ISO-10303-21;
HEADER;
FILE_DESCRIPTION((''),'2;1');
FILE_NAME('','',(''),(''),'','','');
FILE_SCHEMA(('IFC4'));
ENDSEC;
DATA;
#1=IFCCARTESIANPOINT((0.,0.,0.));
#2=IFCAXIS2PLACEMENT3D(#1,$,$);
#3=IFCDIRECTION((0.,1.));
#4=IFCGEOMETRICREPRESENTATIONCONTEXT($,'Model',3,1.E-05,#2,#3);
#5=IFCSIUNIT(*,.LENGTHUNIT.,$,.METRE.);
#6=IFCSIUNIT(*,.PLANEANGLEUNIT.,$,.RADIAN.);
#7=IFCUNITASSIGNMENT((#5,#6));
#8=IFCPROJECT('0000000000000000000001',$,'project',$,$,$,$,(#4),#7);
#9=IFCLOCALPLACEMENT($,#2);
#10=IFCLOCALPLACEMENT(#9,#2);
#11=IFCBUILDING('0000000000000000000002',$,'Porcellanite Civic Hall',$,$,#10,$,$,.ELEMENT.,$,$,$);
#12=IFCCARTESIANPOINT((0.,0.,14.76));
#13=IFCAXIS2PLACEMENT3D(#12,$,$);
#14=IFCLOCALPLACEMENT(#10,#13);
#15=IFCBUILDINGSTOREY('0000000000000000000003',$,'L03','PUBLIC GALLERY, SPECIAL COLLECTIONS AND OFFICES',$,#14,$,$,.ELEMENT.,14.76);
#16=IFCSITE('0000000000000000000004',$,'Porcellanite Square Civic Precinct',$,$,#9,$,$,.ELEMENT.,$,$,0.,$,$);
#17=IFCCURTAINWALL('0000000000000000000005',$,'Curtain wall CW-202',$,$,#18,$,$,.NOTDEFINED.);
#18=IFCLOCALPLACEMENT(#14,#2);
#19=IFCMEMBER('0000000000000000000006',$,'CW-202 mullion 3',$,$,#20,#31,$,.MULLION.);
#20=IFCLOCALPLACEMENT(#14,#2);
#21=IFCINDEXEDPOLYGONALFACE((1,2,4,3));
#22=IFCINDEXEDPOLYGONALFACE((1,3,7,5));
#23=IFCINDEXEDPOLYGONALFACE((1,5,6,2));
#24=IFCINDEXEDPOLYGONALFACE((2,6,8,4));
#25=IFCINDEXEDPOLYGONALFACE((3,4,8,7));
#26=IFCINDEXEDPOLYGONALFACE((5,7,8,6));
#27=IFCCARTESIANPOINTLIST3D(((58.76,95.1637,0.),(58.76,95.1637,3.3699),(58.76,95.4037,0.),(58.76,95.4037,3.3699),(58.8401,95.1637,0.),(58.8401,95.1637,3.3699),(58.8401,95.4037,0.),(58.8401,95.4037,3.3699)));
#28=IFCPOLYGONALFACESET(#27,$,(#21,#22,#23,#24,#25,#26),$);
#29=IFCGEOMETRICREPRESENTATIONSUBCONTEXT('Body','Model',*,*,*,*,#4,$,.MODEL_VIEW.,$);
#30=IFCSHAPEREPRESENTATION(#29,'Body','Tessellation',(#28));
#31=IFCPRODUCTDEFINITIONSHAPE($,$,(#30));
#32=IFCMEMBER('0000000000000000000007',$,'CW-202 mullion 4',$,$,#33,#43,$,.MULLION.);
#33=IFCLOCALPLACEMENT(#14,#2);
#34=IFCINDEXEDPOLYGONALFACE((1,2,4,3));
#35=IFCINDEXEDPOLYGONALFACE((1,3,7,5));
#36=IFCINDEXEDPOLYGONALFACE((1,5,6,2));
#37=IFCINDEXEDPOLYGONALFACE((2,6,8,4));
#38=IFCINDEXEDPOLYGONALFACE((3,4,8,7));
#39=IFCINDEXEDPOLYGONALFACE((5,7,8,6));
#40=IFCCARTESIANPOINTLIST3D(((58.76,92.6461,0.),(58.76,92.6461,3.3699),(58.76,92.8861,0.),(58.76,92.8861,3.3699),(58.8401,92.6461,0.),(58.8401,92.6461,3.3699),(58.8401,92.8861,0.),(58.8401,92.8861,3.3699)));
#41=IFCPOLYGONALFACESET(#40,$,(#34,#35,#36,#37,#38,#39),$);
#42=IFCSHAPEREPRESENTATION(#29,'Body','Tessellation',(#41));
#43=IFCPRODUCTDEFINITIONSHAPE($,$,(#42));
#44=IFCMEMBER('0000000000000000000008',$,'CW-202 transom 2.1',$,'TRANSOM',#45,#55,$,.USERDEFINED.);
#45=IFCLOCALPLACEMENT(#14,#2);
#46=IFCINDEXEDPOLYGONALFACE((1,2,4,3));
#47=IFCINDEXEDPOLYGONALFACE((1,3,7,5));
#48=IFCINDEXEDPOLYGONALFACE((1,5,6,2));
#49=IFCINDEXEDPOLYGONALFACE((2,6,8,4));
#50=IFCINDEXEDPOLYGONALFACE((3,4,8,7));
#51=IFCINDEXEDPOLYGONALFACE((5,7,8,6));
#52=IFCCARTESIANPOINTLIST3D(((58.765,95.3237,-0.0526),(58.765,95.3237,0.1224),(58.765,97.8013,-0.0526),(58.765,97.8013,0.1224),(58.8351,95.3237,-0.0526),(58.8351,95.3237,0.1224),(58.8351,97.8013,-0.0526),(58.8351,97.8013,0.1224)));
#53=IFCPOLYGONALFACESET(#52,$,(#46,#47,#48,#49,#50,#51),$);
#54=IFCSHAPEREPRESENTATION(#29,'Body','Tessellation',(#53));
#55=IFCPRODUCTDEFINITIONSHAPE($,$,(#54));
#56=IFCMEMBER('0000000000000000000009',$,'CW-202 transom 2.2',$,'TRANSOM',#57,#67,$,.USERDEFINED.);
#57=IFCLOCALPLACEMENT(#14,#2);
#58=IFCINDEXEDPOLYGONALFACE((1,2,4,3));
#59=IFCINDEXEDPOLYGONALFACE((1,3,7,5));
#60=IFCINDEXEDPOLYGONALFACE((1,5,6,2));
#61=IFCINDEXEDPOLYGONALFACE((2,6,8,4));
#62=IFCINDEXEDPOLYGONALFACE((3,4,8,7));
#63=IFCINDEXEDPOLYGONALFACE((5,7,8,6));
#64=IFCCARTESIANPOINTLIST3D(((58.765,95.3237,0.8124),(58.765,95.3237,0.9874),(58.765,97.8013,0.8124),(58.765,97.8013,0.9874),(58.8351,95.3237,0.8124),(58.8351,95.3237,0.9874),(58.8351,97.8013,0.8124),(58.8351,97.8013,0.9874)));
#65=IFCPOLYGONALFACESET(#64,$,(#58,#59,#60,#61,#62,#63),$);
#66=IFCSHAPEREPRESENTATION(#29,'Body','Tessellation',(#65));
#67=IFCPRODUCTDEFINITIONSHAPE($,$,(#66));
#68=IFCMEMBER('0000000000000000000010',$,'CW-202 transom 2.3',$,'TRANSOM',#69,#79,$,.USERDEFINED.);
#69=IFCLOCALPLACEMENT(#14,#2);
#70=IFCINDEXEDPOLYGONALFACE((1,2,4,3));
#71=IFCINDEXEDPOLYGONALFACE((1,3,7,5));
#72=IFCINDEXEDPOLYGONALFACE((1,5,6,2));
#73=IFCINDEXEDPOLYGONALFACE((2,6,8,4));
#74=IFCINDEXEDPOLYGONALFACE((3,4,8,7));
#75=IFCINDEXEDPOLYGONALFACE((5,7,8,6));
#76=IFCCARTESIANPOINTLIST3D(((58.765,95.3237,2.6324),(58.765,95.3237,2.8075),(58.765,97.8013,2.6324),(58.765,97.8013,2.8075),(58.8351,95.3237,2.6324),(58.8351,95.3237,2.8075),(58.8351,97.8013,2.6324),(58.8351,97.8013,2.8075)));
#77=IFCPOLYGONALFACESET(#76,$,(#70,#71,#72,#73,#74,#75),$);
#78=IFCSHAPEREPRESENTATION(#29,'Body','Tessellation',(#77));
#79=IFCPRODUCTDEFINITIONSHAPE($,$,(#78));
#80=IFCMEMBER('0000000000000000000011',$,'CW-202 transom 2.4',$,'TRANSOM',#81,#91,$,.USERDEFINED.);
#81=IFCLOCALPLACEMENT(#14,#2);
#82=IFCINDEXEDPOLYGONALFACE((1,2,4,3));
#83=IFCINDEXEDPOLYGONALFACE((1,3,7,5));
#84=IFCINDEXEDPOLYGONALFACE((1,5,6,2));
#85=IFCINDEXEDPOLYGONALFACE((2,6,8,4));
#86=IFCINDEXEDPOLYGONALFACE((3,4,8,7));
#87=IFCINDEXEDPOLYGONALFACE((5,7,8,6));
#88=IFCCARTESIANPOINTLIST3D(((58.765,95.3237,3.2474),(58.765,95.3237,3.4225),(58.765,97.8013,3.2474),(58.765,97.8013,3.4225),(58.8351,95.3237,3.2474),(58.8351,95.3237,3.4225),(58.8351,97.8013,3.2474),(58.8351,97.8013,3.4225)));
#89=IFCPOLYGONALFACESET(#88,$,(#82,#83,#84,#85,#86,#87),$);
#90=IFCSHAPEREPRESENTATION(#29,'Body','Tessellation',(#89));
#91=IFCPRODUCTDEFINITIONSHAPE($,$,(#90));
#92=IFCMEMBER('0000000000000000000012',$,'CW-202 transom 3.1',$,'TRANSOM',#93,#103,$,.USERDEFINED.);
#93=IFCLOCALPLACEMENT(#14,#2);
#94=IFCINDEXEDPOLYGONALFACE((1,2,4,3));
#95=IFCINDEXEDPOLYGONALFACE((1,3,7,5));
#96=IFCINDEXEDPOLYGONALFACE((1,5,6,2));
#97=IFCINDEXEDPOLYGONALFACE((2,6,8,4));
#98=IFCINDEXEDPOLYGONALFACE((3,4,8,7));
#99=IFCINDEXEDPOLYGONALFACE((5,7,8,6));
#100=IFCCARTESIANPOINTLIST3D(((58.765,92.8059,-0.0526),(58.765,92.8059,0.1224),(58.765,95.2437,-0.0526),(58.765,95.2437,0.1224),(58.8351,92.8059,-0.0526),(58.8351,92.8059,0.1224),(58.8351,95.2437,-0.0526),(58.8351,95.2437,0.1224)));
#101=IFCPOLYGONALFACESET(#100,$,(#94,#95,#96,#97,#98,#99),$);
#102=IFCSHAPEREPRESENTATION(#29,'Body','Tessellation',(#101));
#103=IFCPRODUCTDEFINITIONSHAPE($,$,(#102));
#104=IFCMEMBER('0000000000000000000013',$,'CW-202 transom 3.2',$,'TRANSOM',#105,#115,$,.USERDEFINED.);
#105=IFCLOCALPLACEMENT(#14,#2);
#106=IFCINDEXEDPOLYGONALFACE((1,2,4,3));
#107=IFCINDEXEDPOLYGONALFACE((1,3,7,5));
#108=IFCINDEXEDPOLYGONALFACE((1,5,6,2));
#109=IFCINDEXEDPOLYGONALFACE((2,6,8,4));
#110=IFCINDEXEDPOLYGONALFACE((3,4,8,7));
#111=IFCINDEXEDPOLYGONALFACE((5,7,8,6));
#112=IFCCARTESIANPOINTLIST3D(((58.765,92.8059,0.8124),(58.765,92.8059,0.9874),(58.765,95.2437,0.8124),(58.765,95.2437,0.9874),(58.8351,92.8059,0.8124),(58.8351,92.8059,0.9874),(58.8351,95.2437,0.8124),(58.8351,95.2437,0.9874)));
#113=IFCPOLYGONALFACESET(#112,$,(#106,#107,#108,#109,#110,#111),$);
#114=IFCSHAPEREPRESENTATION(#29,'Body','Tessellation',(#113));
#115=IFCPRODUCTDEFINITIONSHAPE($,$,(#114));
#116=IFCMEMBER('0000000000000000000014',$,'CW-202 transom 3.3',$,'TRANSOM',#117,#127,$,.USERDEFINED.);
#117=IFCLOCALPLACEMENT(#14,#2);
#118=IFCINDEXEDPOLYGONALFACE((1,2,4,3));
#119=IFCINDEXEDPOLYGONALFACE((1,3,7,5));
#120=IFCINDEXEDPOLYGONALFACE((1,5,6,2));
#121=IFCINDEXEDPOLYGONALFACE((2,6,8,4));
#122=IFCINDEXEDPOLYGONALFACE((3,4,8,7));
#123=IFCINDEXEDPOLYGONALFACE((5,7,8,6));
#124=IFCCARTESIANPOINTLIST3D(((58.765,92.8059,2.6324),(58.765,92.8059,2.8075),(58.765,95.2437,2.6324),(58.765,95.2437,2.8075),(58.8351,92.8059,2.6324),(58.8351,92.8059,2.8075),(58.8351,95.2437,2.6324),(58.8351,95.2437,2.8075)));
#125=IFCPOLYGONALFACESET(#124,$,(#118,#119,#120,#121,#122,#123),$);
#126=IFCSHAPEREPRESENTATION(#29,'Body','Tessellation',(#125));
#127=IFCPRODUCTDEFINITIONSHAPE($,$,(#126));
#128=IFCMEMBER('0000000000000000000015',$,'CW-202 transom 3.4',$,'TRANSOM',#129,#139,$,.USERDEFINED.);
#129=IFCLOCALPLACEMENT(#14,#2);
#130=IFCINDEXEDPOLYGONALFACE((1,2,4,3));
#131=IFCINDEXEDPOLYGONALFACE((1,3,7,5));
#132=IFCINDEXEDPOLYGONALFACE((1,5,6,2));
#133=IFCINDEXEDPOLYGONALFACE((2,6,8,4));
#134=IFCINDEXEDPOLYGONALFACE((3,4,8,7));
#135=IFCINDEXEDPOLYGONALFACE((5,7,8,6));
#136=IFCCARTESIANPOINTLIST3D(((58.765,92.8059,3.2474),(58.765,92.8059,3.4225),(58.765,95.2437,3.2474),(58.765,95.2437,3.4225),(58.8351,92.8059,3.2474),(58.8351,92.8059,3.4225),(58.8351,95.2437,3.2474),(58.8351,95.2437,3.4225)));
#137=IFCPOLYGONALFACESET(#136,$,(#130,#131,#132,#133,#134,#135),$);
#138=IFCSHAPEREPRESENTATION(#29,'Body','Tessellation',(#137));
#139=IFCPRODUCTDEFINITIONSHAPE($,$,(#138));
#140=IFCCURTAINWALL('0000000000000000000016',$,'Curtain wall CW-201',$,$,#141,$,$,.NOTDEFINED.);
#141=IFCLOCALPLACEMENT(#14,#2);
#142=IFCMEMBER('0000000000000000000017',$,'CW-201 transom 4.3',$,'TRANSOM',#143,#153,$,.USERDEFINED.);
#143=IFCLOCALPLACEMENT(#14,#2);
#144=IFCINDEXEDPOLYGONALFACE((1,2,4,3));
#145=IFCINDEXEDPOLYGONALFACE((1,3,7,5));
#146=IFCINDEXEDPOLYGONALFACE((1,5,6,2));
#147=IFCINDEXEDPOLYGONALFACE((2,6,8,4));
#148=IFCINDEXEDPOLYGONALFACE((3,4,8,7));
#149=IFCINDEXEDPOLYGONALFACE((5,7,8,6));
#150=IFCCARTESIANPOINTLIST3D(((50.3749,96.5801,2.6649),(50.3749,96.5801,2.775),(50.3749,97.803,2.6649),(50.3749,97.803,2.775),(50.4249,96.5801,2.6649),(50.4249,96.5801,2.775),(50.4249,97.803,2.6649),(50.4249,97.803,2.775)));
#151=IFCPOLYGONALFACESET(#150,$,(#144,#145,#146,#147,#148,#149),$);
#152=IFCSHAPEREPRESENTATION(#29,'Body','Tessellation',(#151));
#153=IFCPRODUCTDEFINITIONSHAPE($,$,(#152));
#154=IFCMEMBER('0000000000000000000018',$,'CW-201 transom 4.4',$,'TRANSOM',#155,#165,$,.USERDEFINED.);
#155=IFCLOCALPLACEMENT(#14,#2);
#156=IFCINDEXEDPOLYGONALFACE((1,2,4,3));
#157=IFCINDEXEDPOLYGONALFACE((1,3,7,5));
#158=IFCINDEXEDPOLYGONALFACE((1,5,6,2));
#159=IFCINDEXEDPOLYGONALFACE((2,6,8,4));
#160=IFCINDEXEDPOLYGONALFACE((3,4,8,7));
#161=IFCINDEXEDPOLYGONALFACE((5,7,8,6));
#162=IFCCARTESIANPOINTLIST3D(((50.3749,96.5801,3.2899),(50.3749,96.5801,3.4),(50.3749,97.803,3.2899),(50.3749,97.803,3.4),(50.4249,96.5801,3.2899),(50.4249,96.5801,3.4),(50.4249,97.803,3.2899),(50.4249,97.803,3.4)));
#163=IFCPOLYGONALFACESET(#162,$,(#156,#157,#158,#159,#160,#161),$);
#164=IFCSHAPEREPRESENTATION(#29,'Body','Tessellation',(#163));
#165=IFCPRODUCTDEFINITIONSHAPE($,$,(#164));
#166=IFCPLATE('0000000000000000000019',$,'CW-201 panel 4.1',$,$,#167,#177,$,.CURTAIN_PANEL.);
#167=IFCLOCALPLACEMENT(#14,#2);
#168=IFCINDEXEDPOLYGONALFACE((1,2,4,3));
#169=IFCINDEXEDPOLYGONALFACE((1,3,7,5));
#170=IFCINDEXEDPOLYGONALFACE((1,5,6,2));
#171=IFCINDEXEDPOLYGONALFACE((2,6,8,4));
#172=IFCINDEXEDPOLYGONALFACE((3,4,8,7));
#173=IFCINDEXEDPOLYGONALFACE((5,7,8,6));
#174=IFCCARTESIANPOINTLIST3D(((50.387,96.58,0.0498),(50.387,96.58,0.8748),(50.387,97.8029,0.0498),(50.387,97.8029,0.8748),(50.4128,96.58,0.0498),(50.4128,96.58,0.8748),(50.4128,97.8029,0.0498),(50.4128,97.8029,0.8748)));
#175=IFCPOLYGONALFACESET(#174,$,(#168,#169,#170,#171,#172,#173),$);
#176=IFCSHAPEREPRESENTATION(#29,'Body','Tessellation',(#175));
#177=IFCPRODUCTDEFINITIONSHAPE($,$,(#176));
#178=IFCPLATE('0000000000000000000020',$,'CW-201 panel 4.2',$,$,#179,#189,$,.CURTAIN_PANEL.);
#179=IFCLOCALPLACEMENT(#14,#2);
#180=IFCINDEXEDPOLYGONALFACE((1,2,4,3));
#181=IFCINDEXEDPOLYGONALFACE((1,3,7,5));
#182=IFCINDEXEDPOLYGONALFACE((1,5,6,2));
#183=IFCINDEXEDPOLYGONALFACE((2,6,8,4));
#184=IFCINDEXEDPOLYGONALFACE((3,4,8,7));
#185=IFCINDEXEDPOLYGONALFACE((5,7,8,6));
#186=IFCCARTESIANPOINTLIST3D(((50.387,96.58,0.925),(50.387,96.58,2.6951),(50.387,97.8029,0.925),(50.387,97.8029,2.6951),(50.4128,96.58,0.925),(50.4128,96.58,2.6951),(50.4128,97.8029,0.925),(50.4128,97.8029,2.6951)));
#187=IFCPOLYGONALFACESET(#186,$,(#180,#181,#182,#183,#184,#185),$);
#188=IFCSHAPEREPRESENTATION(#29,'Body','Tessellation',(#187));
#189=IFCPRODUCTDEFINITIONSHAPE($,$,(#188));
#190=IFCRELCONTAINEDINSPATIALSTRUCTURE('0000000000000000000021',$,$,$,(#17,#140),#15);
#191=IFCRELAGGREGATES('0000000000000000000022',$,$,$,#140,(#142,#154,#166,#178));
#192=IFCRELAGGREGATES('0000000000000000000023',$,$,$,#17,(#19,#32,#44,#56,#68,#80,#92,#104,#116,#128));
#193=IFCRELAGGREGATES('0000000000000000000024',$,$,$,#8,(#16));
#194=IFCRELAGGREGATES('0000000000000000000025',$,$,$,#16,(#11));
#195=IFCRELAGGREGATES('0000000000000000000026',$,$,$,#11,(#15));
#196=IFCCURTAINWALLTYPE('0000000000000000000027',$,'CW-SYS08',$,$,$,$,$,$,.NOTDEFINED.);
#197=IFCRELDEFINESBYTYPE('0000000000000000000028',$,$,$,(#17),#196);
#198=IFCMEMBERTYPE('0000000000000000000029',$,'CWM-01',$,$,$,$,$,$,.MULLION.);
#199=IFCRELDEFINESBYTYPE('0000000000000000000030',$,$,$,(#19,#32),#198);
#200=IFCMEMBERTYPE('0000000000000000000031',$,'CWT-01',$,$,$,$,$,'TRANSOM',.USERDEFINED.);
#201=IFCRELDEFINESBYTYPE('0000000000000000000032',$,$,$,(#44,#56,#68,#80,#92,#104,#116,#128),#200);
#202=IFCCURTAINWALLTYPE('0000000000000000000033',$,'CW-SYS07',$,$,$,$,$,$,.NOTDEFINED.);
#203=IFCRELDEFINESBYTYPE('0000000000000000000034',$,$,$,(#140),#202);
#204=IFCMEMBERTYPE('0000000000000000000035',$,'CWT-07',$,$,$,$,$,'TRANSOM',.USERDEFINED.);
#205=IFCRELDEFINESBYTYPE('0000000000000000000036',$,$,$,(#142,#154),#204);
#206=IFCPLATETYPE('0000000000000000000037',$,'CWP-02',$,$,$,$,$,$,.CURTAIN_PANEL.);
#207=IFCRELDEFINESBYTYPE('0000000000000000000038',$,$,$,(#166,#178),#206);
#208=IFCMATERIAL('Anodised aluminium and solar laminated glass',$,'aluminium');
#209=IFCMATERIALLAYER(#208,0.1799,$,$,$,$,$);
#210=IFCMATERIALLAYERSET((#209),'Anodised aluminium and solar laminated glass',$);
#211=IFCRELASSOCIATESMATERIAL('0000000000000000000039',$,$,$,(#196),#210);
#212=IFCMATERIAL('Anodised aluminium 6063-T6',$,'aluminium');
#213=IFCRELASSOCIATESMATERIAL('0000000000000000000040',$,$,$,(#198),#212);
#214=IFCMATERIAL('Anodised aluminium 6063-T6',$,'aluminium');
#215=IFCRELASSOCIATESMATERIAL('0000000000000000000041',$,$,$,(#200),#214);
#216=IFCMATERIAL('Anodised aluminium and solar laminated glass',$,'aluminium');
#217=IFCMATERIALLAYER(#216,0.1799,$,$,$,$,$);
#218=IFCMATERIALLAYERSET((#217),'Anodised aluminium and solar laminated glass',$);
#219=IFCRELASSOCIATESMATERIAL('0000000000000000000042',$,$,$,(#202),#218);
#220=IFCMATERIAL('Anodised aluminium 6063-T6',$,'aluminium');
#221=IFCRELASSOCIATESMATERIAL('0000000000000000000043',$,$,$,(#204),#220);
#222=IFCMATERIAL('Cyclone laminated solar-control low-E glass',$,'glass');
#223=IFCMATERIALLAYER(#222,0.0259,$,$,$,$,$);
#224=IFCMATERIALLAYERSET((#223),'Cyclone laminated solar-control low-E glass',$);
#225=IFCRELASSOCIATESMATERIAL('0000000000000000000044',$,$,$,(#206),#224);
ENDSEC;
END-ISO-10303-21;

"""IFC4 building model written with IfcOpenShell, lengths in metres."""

from ifc_helpers import new_model, si_unit, direction, frame, origin, origin_2d, place, context, subcontext, project, spatial, rectangle, extrude, material, layer, layer_set, material_profile, profile_set, type_object, element, aggregate, save


model = new_model("IFC4")

# Units and contexts
model_context = context("Model", 3, precision=1e-05, world=origin(), true_north=direction((0.0, 1.0)))
body_context = subcontext(model_context, "Body", "Model", "MODEL_VIEW")
ifc_project = project(units=[si_unit("LENGTHUNIT", "METRE"), si_unit("PLANEANGLEUNIT", "RADIAN")], contexts=[model_context])

# Site, building, storey
site_placement = place(None, origin())
site = spatial("IfcSite", under=ifc_project, at=site_placement, Name="Porcellanite Square Civic Precinct", CompositionType="ELEMENT", RefElevation=0.0)
building_placement = place(site_placement, origin())
building = spatial("IfcBuilding", under=site, at=building_placement, Name="Porcellanite Civic Hall", CompositionType="ELEMENT")
storey_placement = place(building_placement, frame((0.0, 0.0, 14.76)))
storey = spatial("IfcBuildingStorey", under=building, at=storey_placement, Name="L03", Description="PUBLIC GALLERY, SPECIAL COLLECTIONS AND OFFICES", CompositionType="ELEMENT", Elevation=14.76)

# Curtain wall, members
ifc_material_1 = material(Name="Anodised aluminium and solar laminated glass", Category="aluminium")
ifc_layer_1 = layer(ifc_material_1, 0.1799)
ifc_layer_set_1 = layer_set([ifc_layer_1], Name="Anodised aluminium and solar laminated glass")
curtain_wall_type_1 = type_object("IfcCurtainWallType", Name="CW-SYS08", PredefinedType="NOTDEFINED", material=ifc_layer_set_1)
curtain_wall_1_placement = place(storey_placement, origin())
curtain_wall_1 = element("IfcCurtainWall", 1, at=curtain_wall_1_placement, inside=storey, type_object=curtain_wall_type_1, Name="Curtain wall CW-202", PredefinedType="NOTDEFINED")
ifc_material_2 = material(Name="Anodised aluminium 6063-T6", Category="aluminium")
ifc_material_profile_1 = material_profile(ifc_material_2, rectangle(XDim=0.0801, YDim=0.24, at=origin_2d()), Name="AL-80x240")
ifc_profile_set_1 = profile_set([ifc_material_profile_1], Name="Anodised aluminium 6063-T6")
member_type_1 = type_object("IfcMemberType", Name="CWM-01", PredefinedType="MULLION", material=ifc_profile_set_1)
member_1_placement = place(storey_placement, frame((58.8, 95.2837, 0.0), z_axis=(0.0, 0.0, 1.0), x_axis=(1.0, 0.0, 0.0)))
member_1 = element("IfcMember", 2, at=member_1_placement, type_object=member_type_1, Name="CW-202 mullion 3", PredefinedType="MULLION", context=body_context, shape_type="SweptSolid", body=[
    extrude(rectangle(XDim=0.0801, YDim=0.24, at=origin_2d()), origin(), (0.0, 0.0, 1.0), 3.3699),
])
member_2_placement = place(storey_placement, frame((58.8, 92.7661, 0.0), z_axis=(0.0, 0.0, 1.0), x_axis=(1.0, 0.0, 0.0)))
member_2 = element("IfcMember", 3, at=member_2_placement, type_object=member_type_1, Name="CW-202 mullion 4", PredefinedType="MULLION", context=body_context, shape_type="SweptSolid", body=[
    extrude(rectangle(XDim=0.0801, YDim=0.24, at=origin_2d()), origin(), (0.0, 0.0, 1.0), 3.3699),
])
ifc_material_3 = material(Name="Anodised aluminium 6063-T6", Category="aluminium")
ifc_material_profile_2 = material_profile(ifc_material_3, rectangle(XDim=0.0701, YDim=0.175, at=origin_2d()), Name="AL-70x175")
ifc_profile_set_2 = profile_set([ifc_material_profile_2], Name="Anodised aluminium 6063-T6")
member_type_2 = type_object("IfcMemberType", Name="CWT-01", ElementType="TRANSOM", PredefinedType="USERDEFINED", material=ifc_profile_set_2)
member_3_placement = place(storey_placement, frame((58.8, 97.8013, 0.0349), z_axis=(0.0, -1.0, 0.0), x_axis=(1.0, 0.0, 0.0)))
member_3 = element("IfcMember", 4, at=member_3_placement, type_object=member_type_2, Name="CW-202 transom 2.1", ObjectType="TRANSOM", PredefinedType="USERDEFINED", context=body_context, shape_type="SweptSolid", body=[
    extrude(rectangle(XDim=0.0701, YDim=0.175, at=origin_2d()), origin(), (0.0, 0.0, 1.0), 2.4775),
])
member_4_placement = place(storey_placement, frame((58.8, 97.8013, 0.8999), z_axis=(0.0, -1.0, 0.0), x_axis=(1.0, 0.0, 0.0)))
member_4 = element("IfcMember", 5, at=member_4_placement, type_object=member_type_2, Name="CW-202 transom 2.2", ObjectType="TRANSOM", PredefinedType="USERDEFINED", context=body_context, shape_type="SweptSolid", body=[
    extrude(rectangle(XDim=0.0701, YDim=0.175, at=origin_2d()), origin(), (0.0, 0.0, 1.0), 2.4775),
])
member_5_placement = place(storey_placement, frame((58.8, 97.8013, 2.72), z_axis=(0.0, -1.0, 0.0), x_axis=(1.0, 0.0, 0.0)))
member_5 = element("IfcMember", 6, at=member_5_placement, type_object=member_type_2, Name="CW-202 transom 2.3", ObjectType="TRANSOM", PredefinedType="USERDEFINED", context=body_context, shape_type="SweptSolid", body=[
    extrude(rectangle(XDim=0.0701, YDim=0.175, at=origin_2d()), origin(), (0.0, 0.0, 1.0), 2.4775),
])
member_6_placement = place(storey_placement, frame((58.8, 97.8013, 3.335), z_axis=(0.0, -1.0, 0.0), x_axis=(1.0, 0.0, 0.0)))
member_6 = element("IfcMember", 7, at=member_6_placement, type_object=member_type_2, Name="CW-202 transom 2.4", ObjectType="TRANSOM", PredefinedType="USERDEFINED", context=body_context, shape_type="SweptSolid", body=[
    extrude(rectangle(XDim=0.0701, YDim=0.175, at=origin_2d()), origin(), (0.0, 0.0, 1.0), 2.4775),
])
member_7_placement = place(storey_placement, frame((58.8, 95.2437, 0.0349), z_axis=(0.0, -1.0, 0.0), x_axis=(1.0, 0.0, 0.0)))
member_7 = element("IfcMember", 8, at=member_7_placement, type_object=member_type_2, Name="CW-202 transom 3.1", ObjectType="TRANSOM", PredefinedType="USERDEFINED", context=body_context, shape_type="SweptSolid", body=[
    extrude(rectangle(XDim=0.0701, YDim=0.175, at=origin_2d()), origin(), (0.0, 0.0, 1.0), 2.4377),
])
member_8_placement = place(storey_placement, frame((58.8, 95.2437, 0.8999), z_axis=(0.0, -1.0, 0.0), x_axis=(1.0, 0.0, 0.0)))
member_8 = element("IfcMember", 9, at=member_8_placement, type_object=member_type_2, Name="CW-202 transom 3.2", ObjectType="TRANSOM", PredefinedType="USERDEFINED", context=body_context, shape_type="SweptSolid", body=[
    extrude(rectangle(XDim=0.0701, YDim=0.175, at=origin_2d()), origin(), (0.0, 0.0, 1.0), 2.4377),
])
member_9_placement = place(storey_placement, frame((58.8, 95.2437, 2.72), z_axis=(0.0, -1.0, 0.0), x_axis=(1.0, 0.0, 0.0)))
member_9 = element("IfcMember", 10, at=member_9_placement, type_object=member_type_2, Name="CW-202 transom 3.3", ObjectType="TRANSOM", PredefinedType="USERDEFINED", context=body_context, shape_type="SweptSolid", body=[
    extrude(rectangle(XDim=0.0701, YDim=0.175, at=origin_2d()), origin(), (0.0, 0.0, 1.0), 2.4377),
])
member_10_placement = place(storey_placement, frame((58.8, 95.2437, 3.335), z_axis=(0.0, -1.0, 0.0), x_axis=(1.0, 0.0, 0.0)))
member_10 = element("IfcMember", 11, at=member_10_placement, type_object=member_type_2, Name="CW-202 transom 3.4", ObjectType="TRANSOM", PredefinedType="USERDEFINED", context=body_context, shape_type="SweptSolid", body=[
    extrude(rectangle(XDim=0.0701, YDim=0.175, at=origin_2d()), origin(), (0.0, 0.0, 1.0), 2.4377),
])

# Curtain wall, members, plates
ifc_material_4 = material(Name="Anodised aluminium and solar laminated glass", Category="aluminium")
ifc_layer_2 = layer(ifc_material_4, 0.1799)
ifc_layer_set_2 = layer_set([ifc_layer_2], Name="Anodised aluminium and solar laminated glass")
curtain_wall_type_2 = type_object("IfcCurtainWallType", Name="CW-SYS07", PredefinedType="NOTDEFINED", material=ifc_layer_set_2)
curtain_wall_2_placement = place(storey_placement, origin())
curtain_wall_2 = element("IfcCurtainWall", 12, at=curtain_wall_2_placement, inside=storey, type_object=curtain_wall_type_2, Name="Curtain wall CW-201", PredefinedType="NOTDEFINED")
ifc_material_5 = material(Name="Anodised aluminium 6063-T6", Category="aluminium")
ifc_material_profile_3 = material_profile(ifc_material_5, rectangle(XDim=0.05, YDim=0.1101, at=origin_2d()), Name="AL-50x110")
ifc_profile_set_3 = profile_set([ifc_material_profile_3], Name="Anodised aluminium 6063-T6")
member_type_3 = type_object("IfcMemberType", Name="CWT-07", ElementType="TRANSOM", PredefinedType="USERDEFINED", material=ifc_profile_set_3)
member_11_placement = place(storey_placement, frame((50.3999, 96.5801, 2.72), z_axis=(0.0, 1.0, 0.0), x_axis=(-1.0, 0.0, 0.0)))
member_11 = element("IfcMember", 13, at=member_11_placement, type_object=member_type_3, Name="CW-201 transom 4.3", ObjectType="TRANSOM", PredefinedType="USERDEFINED", context=body_context, shape_type="SweptSolid", body=[
    extrude(rectangle(XDim=0.05, YDim=0.1101, at=origin_2d()), origin(), (0.0, 0.0, 1.0), 1.2229),
])
member_12_placement = place(storey_placement, frame((50.3999, 96.5801, 3.345), z_axis=(0.0, 1.0, 0.0), x_axis=(-1.0, 0.0, 0.0)))
member_12 = element("IfcMember", 14, at=member_12_placement, type_object=member_type_3, Name="CW-201 transom 4.4", ObjectType="TRANSOM", PredefinedType="USERDEFINED", context=body_context, shape_type="SweptSolid", body=[
    extrude(rectangle(XDim=0.05, YDim=0.1101, at=origin_2d()), origin(), (0.0, 0.0, 1.0), 1.2229),
])
ifc_material_6 = material(Name="Cyclone laminated solar-control low-E glass", Category="glass")
ifc_layer_3 = layer(ifc_material_6, 0.0259)
ifc_layer_set_3 = layer_set([ifc_layer_3], Name="Cyclone laminated solar-control low-E glass")
plate_type_1 = type_object("IfcPlateType", Name="CWP-02", PredefinedType="CURTAIN_PANEL", material=ifc_layer_set_3)
plate_1_placement = place(storey_placement, frame((50.3999, 97.1914, 0.0498), z_axis=(0.0, 0.0, 1.0), x_axis=(0.0, 1.0, 0.0)))
plate_1 = element("IfcPlate", 15, at=plate_1_placement, type_object=plate_type_1, Name="CW-201 panel 4.1", PredefinedType="CURTAIN_PANEL", context=body_context, shape_type="SweptSolid", body=[
    extrude(rectangle(XDim=1.2229, YDim=0.0259, at=origin_2d()), origin(), (0.0, 0.0, 1.0), 0.825),
])
plate_2_placement = place(storey_placement, frame((50.3999, 97.1914, 0.925), z_axis=(0.0, 0.0, 1.0), x_axis=(0.0, 1.0, 0.0)))
plate_2 = element("IfcPlate", 16, at=plate_2_placement, type_object=plate_type_1, Name="CW-201 panel 4.2", PredefinedType="CURTAIN_PANEL", context=body_context, shape_type="SweptSolid", body=[
    extrude(rectangle(XDim=1.2229, YDim=0.0259, at=origin_2d()), origin(), (0.0, 0.0, 1.0), 1.77),
])
aggregate(curtain_wall_2, [member_11, member_12, plate_1, plate_2])

aggregate(curtain_wall_1, [member_1, member_2, member_3, member_4, member_5, member_6, member_7, member_8, member_9, member_10])

save(model, "model.ifc")
